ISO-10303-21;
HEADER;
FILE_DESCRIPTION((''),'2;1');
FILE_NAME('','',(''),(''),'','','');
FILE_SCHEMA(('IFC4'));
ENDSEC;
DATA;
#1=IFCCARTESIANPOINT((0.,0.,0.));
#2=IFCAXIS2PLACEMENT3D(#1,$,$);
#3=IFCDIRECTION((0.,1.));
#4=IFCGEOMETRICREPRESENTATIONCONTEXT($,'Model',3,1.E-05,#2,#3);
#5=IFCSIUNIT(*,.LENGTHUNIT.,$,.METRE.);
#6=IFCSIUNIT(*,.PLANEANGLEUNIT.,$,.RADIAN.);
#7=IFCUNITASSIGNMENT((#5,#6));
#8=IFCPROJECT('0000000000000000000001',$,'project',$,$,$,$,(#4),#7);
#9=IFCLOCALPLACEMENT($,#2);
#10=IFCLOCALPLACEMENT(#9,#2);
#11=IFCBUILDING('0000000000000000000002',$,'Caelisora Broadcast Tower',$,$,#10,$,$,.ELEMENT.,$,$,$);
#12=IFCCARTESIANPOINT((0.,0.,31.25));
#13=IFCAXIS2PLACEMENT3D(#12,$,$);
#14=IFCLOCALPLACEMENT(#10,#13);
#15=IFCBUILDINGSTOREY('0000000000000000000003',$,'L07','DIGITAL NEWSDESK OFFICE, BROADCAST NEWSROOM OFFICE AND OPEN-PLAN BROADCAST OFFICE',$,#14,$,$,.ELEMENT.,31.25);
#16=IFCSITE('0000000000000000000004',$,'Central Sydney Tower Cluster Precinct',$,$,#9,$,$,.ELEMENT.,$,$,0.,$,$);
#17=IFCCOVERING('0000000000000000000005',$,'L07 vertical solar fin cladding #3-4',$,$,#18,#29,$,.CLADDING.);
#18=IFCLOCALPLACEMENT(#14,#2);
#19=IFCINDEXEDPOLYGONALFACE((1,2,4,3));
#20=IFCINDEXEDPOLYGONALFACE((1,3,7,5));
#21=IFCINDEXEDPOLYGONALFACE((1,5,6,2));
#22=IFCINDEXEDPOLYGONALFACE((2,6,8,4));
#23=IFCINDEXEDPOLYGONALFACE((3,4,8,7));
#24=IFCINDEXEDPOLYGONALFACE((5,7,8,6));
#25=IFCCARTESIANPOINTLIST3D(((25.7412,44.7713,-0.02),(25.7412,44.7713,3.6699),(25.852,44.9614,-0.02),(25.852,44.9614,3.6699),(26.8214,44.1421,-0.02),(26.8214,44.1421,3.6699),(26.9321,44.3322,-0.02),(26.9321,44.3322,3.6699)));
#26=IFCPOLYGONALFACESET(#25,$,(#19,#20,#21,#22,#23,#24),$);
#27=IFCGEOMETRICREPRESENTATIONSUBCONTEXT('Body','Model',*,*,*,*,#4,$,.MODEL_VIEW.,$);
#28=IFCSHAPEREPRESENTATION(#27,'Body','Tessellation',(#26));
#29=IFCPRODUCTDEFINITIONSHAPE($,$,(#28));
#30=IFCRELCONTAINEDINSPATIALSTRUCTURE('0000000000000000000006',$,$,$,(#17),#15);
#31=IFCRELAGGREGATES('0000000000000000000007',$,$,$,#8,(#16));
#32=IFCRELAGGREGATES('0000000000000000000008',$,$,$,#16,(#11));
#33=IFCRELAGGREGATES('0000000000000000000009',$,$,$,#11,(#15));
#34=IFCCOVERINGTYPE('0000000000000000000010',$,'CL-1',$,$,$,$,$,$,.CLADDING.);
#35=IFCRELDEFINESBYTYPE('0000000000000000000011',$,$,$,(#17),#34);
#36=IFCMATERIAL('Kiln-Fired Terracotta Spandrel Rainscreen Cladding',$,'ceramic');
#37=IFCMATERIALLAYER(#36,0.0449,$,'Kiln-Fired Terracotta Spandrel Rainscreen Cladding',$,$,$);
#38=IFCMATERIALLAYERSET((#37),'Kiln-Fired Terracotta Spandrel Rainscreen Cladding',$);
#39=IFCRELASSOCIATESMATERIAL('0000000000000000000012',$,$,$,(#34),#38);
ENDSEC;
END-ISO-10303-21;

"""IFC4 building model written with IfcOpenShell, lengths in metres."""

from ifc_helpers import new_model, si_unit, direction, frame, origin, origin_2d, place, context, subcontext, project, spatial, rectangle, extrude, source, transform, mapped, material, layer, layer_set, type_object, type_shapes, element, save


model = new_model("IFC4")

# Units and contexts
model_context = context("Model", 3, precision=1e-05, world=origin(), true_north=direction((0.0, 1.0)))
body_context = subcontext(model_context, "Body", "Model", "MODEL_VIEW")
ifc_project = project(units=[si_unit("LENGTHUNIT", "METRE"), si_unit("PLANEANGLEUNIT", "RADIAN")], contexts=[model_context])

# Site, building, storey
site_placement = place(None, origin())
site = spatial("IfcSite", under=ifc_project, at=site_placement, Name="Central Sydney Tower Cluster Precinct", CompositionType="ELEMENT", RefElevation=0.0)
building_placement = place(site_placement, origin())
building = spatial("IfcBuilding", under=site, at=building_placement, Name="Caelisora Broadcast Tower", CompositionType="ELEMENT")
storey_placement = place(building_placement, frame((0.0, 0.0, 31.25)))
storey = spatial("IfcBuildingStorey", under=building, at=storey_placement, Name="L07", Description="DIGITAL NEWSDESK OFFICE, BROADCAST NEWSROOM OFFICE AND OPEN-PLAN BROADCAST OFFICE", CompositionType="ELEMENT", Elevation=31.25)

# Covering
ifc_material_1 = material(Name="Kiln-Fired Terracotta Spandrel Rainscreen Cladding", Category="ceramic")
ifc_layer_1 = layer(ifc_material_1, 0.0449, Name="Kiln-Fired Terracotta Spandrel Rainscreen Cladding")
ifc_layer_set_1 = layer_set([ifc_layer_1], Name="Kiln-Fired Terracotta Spandrel Rainscreen Cladding")
covering_type = type_object("IfcCoveringType", Name="CL-1", PredefinedType="CLADDING", material=ifc_layer_set_1)
shared_shape_1 = source(origin(), body_context, "Body", "SweptSolid", [
    extrude(rectangle(XDim=0.22, YDim=1.25, at=origin_2d()), origin(), (0.0, 0.0, 1.0), 3.6899),
])
type_shapes(covering_type, [shared_shape_1])
for number, where, z_axis, x_axis, name in (
    (1, (26.3367, 44.5518, -0.02), (0.0, 0.0, 1.0), (0.503322, 0.864099, 0.0), "L07 vertical solar fin cladding #3-4"),
):
    element("IfcCovering", number, at=place(storey_placement, frame(where, z_axis=z_axis, x_axis=x_axis)), inside=storey, type_object=covering_type, Name=name, PredefinedType="CLADDING", context=body_context, shape_type="MappedRepresentation", body=[
        mapped(shared_shape_1, transform((0.0, 0.0, 0.0), scale=1.0)),
    ])

save(model, "model.ifc")
